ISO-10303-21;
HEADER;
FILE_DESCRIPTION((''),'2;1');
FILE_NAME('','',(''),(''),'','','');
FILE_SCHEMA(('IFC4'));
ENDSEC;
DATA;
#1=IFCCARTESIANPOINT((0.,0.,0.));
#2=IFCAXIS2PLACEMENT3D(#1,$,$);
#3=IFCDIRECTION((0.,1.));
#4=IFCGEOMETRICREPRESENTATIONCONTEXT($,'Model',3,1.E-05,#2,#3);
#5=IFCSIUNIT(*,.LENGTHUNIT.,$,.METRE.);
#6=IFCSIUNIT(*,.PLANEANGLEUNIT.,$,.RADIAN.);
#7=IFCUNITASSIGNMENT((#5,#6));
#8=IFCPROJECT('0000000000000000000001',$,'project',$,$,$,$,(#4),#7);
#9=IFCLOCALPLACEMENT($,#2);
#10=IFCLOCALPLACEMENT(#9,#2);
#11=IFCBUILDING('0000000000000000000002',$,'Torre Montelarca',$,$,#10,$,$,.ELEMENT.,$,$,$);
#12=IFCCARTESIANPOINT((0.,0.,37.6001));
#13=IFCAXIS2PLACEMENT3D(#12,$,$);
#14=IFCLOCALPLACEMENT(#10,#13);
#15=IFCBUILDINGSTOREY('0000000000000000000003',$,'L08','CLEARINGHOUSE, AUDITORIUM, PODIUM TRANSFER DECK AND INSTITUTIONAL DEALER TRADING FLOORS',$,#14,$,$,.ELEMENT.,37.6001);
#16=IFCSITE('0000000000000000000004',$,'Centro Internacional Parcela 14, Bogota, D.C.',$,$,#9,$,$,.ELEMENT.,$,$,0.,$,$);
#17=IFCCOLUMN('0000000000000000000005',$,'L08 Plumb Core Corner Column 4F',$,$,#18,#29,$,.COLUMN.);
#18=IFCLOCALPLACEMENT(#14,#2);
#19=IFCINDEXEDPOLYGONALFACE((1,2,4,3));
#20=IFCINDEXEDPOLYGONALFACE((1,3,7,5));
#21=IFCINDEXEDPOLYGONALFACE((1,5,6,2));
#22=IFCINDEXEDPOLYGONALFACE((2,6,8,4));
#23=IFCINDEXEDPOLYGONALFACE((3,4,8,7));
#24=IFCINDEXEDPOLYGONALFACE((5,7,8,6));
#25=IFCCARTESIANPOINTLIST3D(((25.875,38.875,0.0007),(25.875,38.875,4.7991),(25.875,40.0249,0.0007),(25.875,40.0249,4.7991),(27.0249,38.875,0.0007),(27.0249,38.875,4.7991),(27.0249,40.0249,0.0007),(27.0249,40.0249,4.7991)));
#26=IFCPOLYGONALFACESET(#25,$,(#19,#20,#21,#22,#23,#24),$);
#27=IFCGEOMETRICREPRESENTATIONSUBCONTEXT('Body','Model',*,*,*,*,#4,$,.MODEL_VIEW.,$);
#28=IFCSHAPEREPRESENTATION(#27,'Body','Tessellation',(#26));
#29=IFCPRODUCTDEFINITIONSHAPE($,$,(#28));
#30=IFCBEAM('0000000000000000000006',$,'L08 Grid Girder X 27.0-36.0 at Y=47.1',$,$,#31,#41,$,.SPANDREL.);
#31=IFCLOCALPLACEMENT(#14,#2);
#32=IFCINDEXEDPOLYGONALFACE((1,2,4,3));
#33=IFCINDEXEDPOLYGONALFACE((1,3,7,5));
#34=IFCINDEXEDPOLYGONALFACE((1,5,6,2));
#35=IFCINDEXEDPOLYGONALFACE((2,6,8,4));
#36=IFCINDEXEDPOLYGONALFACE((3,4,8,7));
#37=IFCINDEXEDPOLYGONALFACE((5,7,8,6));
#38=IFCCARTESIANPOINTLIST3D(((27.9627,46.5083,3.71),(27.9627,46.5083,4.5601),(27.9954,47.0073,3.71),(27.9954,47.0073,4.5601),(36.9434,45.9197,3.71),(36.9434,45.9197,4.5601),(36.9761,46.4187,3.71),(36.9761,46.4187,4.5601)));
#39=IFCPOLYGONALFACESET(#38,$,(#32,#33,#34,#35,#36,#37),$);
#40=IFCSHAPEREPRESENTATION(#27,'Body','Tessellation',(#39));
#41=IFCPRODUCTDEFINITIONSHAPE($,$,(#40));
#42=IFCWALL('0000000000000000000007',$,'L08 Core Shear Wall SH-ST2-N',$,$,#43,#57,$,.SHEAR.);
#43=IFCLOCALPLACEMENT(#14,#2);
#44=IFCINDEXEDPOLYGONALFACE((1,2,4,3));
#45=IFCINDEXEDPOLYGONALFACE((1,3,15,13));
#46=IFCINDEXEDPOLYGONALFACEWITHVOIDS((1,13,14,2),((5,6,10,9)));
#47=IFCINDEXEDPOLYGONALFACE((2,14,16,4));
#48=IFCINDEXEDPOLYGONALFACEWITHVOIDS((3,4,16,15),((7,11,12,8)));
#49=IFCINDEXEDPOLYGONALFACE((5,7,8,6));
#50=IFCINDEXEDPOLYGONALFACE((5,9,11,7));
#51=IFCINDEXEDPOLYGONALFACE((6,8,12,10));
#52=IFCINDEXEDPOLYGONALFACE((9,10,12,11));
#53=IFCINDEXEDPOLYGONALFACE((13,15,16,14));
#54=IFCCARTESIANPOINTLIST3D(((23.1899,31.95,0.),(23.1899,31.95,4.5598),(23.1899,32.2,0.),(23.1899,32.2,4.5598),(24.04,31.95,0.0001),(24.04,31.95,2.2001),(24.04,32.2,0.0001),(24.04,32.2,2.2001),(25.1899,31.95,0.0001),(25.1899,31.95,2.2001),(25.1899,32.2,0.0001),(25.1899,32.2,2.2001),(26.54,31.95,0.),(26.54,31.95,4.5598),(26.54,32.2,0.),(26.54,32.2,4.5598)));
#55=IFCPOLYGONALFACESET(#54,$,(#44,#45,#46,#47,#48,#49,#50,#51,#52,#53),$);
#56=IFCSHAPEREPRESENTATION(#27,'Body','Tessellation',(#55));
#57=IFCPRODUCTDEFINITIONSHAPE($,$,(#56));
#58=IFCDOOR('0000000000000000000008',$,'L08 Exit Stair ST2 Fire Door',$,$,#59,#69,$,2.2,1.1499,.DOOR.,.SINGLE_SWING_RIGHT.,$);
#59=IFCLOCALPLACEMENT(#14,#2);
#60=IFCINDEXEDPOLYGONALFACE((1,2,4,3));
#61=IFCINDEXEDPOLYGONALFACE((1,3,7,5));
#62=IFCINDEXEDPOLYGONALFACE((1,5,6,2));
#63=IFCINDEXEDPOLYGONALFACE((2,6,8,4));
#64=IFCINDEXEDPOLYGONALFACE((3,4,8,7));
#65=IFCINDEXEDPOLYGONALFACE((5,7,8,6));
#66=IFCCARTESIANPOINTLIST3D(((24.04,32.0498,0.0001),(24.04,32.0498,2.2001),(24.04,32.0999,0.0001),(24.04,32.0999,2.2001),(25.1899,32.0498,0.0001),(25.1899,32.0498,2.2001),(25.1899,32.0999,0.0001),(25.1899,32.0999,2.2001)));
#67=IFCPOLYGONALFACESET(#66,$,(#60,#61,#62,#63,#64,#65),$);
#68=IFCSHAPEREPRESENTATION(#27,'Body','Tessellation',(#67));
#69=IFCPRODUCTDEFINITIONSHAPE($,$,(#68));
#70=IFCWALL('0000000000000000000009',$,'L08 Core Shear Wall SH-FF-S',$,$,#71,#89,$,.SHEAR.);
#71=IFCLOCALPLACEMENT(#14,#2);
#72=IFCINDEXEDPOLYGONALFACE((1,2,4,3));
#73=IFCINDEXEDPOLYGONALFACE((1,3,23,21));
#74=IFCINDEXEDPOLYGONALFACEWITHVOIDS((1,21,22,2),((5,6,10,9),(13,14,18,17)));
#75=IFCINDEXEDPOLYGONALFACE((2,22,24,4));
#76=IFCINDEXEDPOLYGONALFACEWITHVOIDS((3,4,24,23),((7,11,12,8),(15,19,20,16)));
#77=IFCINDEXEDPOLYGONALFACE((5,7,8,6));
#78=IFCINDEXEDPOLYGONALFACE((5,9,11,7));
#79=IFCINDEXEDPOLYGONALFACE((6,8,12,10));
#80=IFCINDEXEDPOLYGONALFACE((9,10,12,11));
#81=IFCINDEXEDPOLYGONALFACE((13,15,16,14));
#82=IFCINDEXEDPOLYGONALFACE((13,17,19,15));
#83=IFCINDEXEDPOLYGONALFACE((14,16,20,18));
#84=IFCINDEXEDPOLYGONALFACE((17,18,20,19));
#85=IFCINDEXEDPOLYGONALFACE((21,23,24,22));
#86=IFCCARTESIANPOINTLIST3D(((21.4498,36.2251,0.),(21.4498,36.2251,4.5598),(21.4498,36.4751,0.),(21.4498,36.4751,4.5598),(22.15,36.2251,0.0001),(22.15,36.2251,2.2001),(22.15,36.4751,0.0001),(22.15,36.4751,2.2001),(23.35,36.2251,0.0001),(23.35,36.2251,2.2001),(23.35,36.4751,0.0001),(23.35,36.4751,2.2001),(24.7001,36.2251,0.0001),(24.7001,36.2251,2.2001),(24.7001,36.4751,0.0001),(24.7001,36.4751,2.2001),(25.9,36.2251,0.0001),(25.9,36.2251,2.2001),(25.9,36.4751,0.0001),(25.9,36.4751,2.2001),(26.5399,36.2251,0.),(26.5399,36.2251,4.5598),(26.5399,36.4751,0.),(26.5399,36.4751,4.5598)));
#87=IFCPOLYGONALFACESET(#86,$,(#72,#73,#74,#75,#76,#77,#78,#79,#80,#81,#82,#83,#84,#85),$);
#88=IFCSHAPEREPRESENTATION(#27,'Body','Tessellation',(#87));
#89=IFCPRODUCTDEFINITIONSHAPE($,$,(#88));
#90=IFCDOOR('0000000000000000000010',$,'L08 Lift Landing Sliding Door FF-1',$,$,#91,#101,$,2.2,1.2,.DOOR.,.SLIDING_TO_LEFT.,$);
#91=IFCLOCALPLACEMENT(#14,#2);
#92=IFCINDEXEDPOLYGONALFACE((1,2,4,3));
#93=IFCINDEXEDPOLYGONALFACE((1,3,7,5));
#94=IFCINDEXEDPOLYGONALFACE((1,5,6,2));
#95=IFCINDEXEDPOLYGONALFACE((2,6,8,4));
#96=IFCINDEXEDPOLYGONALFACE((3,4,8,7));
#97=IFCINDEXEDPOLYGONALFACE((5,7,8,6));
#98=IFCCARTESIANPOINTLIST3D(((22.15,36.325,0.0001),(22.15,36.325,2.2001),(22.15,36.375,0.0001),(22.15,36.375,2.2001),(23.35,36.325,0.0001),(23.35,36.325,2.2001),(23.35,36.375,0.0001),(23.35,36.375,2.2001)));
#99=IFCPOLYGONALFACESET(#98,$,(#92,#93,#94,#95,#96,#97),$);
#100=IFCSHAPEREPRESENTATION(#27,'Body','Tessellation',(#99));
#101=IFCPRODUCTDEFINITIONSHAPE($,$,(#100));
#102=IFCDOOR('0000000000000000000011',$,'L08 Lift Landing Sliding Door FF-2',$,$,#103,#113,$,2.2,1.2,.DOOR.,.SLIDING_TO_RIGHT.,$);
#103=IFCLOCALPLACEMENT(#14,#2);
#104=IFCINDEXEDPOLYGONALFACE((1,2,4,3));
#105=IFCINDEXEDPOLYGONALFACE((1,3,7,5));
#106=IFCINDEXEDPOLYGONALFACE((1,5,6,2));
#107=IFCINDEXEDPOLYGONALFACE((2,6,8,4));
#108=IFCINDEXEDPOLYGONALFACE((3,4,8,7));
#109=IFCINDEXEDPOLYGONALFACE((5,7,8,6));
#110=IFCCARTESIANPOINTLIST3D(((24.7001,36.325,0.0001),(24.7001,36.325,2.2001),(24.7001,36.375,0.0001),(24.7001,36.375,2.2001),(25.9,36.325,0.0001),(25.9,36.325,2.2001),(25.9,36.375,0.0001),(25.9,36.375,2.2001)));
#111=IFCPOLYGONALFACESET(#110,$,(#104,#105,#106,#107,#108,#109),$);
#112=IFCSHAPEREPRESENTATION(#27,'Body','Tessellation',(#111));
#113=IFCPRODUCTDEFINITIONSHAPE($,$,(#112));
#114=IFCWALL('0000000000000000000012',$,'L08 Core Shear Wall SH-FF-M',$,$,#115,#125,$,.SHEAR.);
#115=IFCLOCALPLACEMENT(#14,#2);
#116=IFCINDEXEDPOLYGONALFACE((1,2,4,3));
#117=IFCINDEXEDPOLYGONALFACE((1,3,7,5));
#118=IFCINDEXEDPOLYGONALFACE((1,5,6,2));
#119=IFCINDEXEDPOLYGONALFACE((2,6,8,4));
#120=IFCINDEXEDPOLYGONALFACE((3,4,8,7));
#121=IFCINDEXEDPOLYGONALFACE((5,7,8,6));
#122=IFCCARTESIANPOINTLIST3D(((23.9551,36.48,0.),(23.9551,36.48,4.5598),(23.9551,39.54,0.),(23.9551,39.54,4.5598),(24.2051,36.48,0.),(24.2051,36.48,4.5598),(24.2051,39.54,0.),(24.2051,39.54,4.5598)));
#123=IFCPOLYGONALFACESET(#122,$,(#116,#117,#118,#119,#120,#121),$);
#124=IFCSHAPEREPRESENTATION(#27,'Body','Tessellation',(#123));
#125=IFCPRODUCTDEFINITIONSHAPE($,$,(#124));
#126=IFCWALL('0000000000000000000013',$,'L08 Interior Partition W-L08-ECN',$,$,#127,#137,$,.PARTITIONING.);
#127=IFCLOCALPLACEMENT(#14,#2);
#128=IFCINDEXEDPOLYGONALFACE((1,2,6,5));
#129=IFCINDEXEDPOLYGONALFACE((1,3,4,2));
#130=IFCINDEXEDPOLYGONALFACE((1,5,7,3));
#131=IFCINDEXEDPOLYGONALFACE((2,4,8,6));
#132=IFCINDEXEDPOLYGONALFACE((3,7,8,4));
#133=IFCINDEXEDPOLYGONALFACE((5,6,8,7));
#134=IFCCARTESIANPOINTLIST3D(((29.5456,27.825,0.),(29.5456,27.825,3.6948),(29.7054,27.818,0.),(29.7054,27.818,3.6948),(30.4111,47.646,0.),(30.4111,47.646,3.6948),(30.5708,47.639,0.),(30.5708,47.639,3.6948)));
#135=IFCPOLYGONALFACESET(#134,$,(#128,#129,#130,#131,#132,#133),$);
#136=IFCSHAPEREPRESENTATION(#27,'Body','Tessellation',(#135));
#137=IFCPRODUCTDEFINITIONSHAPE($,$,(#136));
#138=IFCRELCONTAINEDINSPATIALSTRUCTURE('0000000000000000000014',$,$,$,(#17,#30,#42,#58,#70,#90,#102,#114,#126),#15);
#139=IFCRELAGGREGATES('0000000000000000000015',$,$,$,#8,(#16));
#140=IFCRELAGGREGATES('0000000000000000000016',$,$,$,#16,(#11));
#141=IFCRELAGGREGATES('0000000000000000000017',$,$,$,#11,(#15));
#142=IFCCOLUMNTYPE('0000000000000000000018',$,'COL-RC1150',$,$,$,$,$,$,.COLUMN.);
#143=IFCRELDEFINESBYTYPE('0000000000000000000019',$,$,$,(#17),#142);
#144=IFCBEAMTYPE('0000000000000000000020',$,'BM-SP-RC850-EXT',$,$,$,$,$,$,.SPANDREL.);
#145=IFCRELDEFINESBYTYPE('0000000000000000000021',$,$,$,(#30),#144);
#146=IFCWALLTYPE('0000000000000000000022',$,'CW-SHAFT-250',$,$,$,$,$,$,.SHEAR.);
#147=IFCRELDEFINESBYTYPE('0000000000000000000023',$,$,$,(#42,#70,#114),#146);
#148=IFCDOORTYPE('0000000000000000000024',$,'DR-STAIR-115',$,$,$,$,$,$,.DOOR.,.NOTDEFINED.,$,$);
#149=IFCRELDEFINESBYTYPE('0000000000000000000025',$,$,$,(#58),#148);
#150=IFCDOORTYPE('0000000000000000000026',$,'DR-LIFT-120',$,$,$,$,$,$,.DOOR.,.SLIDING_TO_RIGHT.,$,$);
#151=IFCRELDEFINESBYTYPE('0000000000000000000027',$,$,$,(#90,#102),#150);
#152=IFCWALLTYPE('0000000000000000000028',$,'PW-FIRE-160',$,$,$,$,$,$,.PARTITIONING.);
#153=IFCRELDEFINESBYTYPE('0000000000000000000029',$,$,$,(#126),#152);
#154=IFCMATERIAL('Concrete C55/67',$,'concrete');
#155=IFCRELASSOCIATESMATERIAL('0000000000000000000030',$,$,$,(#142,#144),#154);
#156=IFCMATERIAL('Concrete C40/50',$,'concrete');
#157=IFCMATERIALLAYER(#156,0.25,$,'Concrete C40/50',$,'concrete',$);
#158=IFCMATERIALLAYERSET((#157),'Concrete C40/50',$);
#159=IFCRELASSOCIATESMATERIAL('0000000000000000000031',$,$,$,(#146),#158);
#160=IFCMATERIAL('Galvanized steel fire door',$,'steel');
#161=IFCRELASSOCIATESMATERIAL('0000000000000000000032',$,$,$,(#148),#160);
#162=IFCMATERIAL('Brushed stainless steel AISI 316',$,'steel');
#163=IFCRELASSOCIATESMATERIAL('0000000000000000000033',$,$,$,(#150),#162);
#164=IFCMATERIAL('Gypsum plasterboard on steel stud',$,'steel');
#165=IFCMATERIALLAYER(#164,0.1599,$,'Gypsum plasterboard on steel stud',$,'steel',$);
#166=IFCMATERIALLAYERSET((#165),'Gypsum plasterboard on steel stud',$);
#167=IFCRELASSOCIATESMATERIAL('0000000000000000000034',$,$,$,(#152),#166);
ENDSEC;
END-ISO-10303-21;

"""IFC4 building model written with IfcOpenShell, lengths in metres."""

from ifc_helpers import new_model, si_unit, direction, frame, frame_2d, origin, origin_2d, place, context, subcontext, project, spatial, rectangle, extrude, source, transform, mapped, material, layer, layer_set, material_profile, profile_set, type_object, element, fill, save


model = new_model("IFC4")

# Units and contexts
model_context = context("Model", 3, precision=1e-05, world=origin(), true_north=direction((0.0, 1.0)))
body_context = subcontext(model_context, "Body", "Model", "MODEL_VIEW")
ifc_project = project(units=[si_unit("LENGTHUNIT", "METRE"), si_unit("PLANEANGLEUNIT", "RADIAN")], contexts=[model_context])

# Site, building, storey
site_placement = place(None, origin())
site = spatial("IfcSite", under=ifc_project, at=site_placement, Name="Centro Internacional Parcela 14, Bogota, D.C.", CompositionType="ELEMENT", RefElevation=0.0)
building_placement = place(site_placement, origin())
building = spatial("IfcBuilding", under=site, at=building_placement, Name="Torre Montelarca", CompositionType="ELEMENT")
storey_placement = place(building_placement, frame((0.0, 0.0, 37.6001)))
storey = spatial("IfcBuildingStorey", under=building, at=storey_placement, Name="L08", Description="CLEARINGHOUSE, AUDITORIUM, PODIUM TRANSFER DECK AND INSTITUTIONAL DEALER TRADING FLOORS", CompositionType="ELEMENT", Elevation=37.6001)

# Column
ifc_material_1 = material(Name="Concrete C55/67", Category="concrete")
ifc_material_profile_1 = material_profile(ifc_material_1, rectangle(XDim=1.1499, YDim=1.1499, at=origin_2d()), Name="RC1150X1150", Category="concrete")
ifc_profile_set_1 = profile_set([ifc_material_profile_1], Name="Concrete C55/67")
column_type_1 = type_object("IfcColumnType", Name="COL-RC1150", PredefinedType="COLUMN", material=ifc_profile_set_1)
shared_shape_1 = source(origin(), body_context, "Body", "SweptSolid", [
    extrude(rectangle(XDim=1.1499, YDim=1.1499, at=origin_2d()), origin(), (0.0, 0.0, 1.0), 4.7983),
])
column_1_placement = place(storey_placement, frame((26.45, 39.45, 0.0007), z_axis=(0.0, 0.0, 1.0), x_axis=(1.0, 0.0, 0.0)))
element("IfcColumn", 1, at=column_1_placement, inside=storey, type_object=column_type_1, Name="L08 Plumb Core Corner Column 4F", PredefinedType="COLUMN", context=body_context, shape_type="MappedRepresentation", body=[
    mapped(shared_shape_1, transform((0.0, 0.0, 0.0), scale=1.0)),
])

# Beam
ifc_material_profile_2 = material_profile(ifc_material_1, rectangle(XDim=0.5, YDim=0.8501, at=origin_2d()), Name="RCB500X850", Category="concrete")
ifc_profile_set_2 = profile_set([ifc_material_profile_2], Name="Concrete C55/67")
beam_type = type_object("IfcBeamType", Name="BM-SP-RC850-EXT", PredefinedType="SPANDREL", material=ifc_profile_set_2)
shared_shape_2 = source(origin(), body_context, "Body", "SweptSolid", [
    extrude(rectangle(XDim=0.5, YDim=0.8501, at=origin_2d()), origin(), (0.0, 0.0, 1.0), 9.0),
])
beam_placement = place(storey_placement, frame((27.979, 46.7578, 4.135), z_axis=(0.997859, -0.065403, 0.0), x_axis=(0.065403, 0.997859, 0.0)))
element("IfcBeam", 2, at=beam_placement, inside=storey, type_object=beam_type, Name="L08 Grid Girder X 27.0-36.0 at Y=47.1", PredefinedType="SPANDREL", context=body_context, shape_type="MappedRepresentation", body=[
    mapped(shared_shape_2, transform((0.0, 0.0, 0.0), scale=1.0)),
])

# Wall, opening, door
ifc_material_2 = material(Name="Concrete C40/50", Category="concrete")
ifc_layer_1 = layer(ifc_material_2, 0.25, Name="Concrete C40/50", Category="concrete")
ifc_layer_set_1 = layer_set([ifc_layer_1], Name="Concrete C40/50")
wall_type_1 = type_object("IfcWallType", Name="CW-SHAFT-250", PredefinedType="SHEAR", material=ifc_layer_set_1)
wall_1_placement = place(storey_placement, frame((23.1899, 32.075, 0.0), z_axis=(0.0, 0.0, 1.0), x_axis=(1.0, 0.0, 0.0)))
wall_1 = element("IfcWall", 3, at=wall_1_placement, inside=storey, type_object=wall_type_1, Name="L08 Core Shear Wall SH-ST2-N", PredefinedType="SHEAR", context=body_context, shape_type="SweptSolid", body=[
    extrude(rectangle(XDim=3.3501, YDim=0.25, at=frame_2d((1.675, 0.0))), origin(), (0.0, 0.0, 1.0), 4.5598),
])
opening_1_placement = place(wall_1_placement, frame((0.8501, 0.0, 0.0)))
opening_1 = element("IfcOpeningElement", 4, at=opening_1_placement, cuts=wall_1, PredefinedType="OPENING", context=body_context, shape_type="SweptSolid", body=[
    extrude(rectangle(XDim=1.1499, YDim=2.2, at=frame_2d((0.575, 1.1001))), frame((0.0, 0.135, 0.0), z_axis=(0.0, -1.0, 0.0), x_axis=(1.0, 0.0, 0.0)), (0.0, 0.0, 1.0), 0.27),
])
ifc_material_3 = material(Name="Galvanized steel fire door", Category="steel")
door_type_1 = type_object("IfcDoorType", Name="DR-STAIR-115", OperationType="NOTDEFINED", PredefinedType="DOOR", material=ifc_material_3)
shared_shape_3 = source(origin(), body_context, "Body", "SweptSolid", [
    extrude(rectangle(XDim=1.1499, YDim=2.2, at=frame_2d((0.575, 1.1001))), frame((0.0, 0.0249, 0.0), z_axis=(0.0, -1.0, 0.0), x_axis=(1.0, 0.0, 0.0)), (0.0, 0.0, 1.0), 0.05),
])
door_1_placement = place(opening_1_placement, origin())
door_1 = element("IfcDoor", 5, at=door_1_placement, inside=storey, type_object=door_type_1, Name="L08 Exit Stair ST2 Fire Door", OperationType="SINGLE_SWING_RIGHT", OverallHeight=2.2, OverallWidth=1.1499, PredefinedType="DOOR", context=body_context, shape_type="MappedRepresentation", body=[
    mapped(shared_shape_3, transform((0.0, 0.0, 0.0), scale=1.0)),
])
fill(opening_1, door_1)

# Wall, openings, doors
wall_2_placement = place(storey_placement, frame((21.45, 36.3501, 0.0), z_axis=(0.0, 0.0, 1.0), x_axis=(1.0, 0.0, 0.0)))
wall_2 = element("IfcWall", 6, at=wall_2_placement, inside=storey, type_object=wall_type_1, Name="L08 Core Shear Wall SH-FF-S", PredefinedType="SHEAR", context=body_context, shape_type="SweptSolid", body=[
    extrude(rectangle(XDim=5.0901, YDim=0.25, at=frame_2d((2.5449, 0.0))), origin(), (0.0, 0.0, 1.0), 4.5598),
])
opening_2_placement = place(wall_2_placement, frame((0.7, 0.0, 0.0)))
opening_2 = element("IfcOpeningElement", 7, at=opening_2_placement, cuts=wall_2, PredefinedType="OPENING", context=body_context, shape_type="SweptSolid", body=[
    extrude(rectangle(XDim=1.2, YDim=2.2, at=frame_2d((0.6001, 1.1001))), frame((0.0, 0.135, 0.0), z_axis=(0.0, -1.0, 0.0), x_axis=(1.0, 0.0, 0.0)), (0.0, 0.0, 1.0), 0.27),
])
opening_3_placement = place(wall_2_placement, frame((3.25, 0.0, 0.0)))
opening_3 = element("IfcOpeningElement", 8, at=opening_3_placement, cuts=wall_2, PredefinedType="OPENING", context=body_context, shape_type="SweptSolid", body=[
    extrude(rectangle(XDim=1.2, YDim=2.2, at=frame_2d((0.6001, 1.1001))), frame((0.0, 0.135, 0.0), z_axis=(0.0, -1.0, 0.0), x_axis=(1.0, 0.0, 0.0)), (0.0, 0.0, 1.0), 0.27),
])
ifc_material_4 = material(Name="Brushed stainless steel AISI 316", Category="steel")
door_type_2 = type_object("IfcDoorType", Name="DR-LIFT-120", OperationType="SLIDING_TO_RIGHT", PredefinedType="DOOR", material=ifc_material_4)
shared_shape_4 = source(origin(), body_context, "Body", "SweptSolid", [
    extrude(rectangle(XDim=1.2, YDim=2.2, at=frame_2d((0.6001, 1.1001))), frame((0.0, 0.0249, 0.0), z_axis=(0.0, -1.0, 0.0), x_axis=(1.0, 0.0, 0.0)), (0.0, 0.0, 1.0), 0.05),
])
door_2_placement = place(opening_2_placement, origin())
door_2 = element("IfcDoor", 9, at=door_2_placement, inside=storey, type_object=door_type_2, Name="L08 Lift Landing Sliding Door FF-1", OperationType="SLIDING_TO_LEFT", OverallHeight=2.2, OverallWidth=1.2, PredefinedType="DOOR", context=body_context, shape_type="MappedRepresentation", body=[
    mapped(shared_shape_4, transform((0.0, 0.0, 0.0), scale=1.0)),
])
fill(opening_2, door_2)
door_3_placement = place(opening_3_placement, origin())
door_3 = element("IfcDoor", 10, at=door_3_placement, inside=storey, type_object=door_type_2, Name="L08 Lift Landing Sliding Door FF-2", OperationType="SLIDING_TO_RIGHT", OverallHeight=2.2, OverallWidth=1.2, PredefinedType="DOOR", context=body_context, shape_type="MappedRepresentation", body=[
    mapped(shared_shape_4, transform((0.0, 0.0, 0.0), scale=1.0)),
])
fill(opening_3, door_3)

# Walls
wall_3_placement = place(storey_placement, frame((24.0801, 36.48, 0.0), z_axis=(0.0, 0.0, 1.0), x_axis=(0.0, 1.0, 0.0)))
element("IfcWall", 11, at=wall_3_placement, inside=storey, type_object=wall_type_1, Name="L08 Core Shear Wall SH-FF-M", PredefinedType="SHEAR", context=body_context, shape_type="SweptSolid", body=[
    extrude(rectangle(XDim=3.0601, YDim=0.25, at=frame_2d((1.53, 0.0))), origin(), (0.0, 0.0, 1.0), 4.5598),
])
ifc_material_5 = material(Name="Gypsum plasterboard on steel stud", Category="steel")
ifc_layer_2 = layer(ifc_material_5, 0.1599, Name="Gypsum plasterboard on steel stud", Category="steel")
ifc_layer_set_2 = layer_set([ifc_layer_2], Name="Gypsum plasterboard on steel stud")
wall_type_2 = type_object("IfcWallType", Name="PW-FIRE-160", PredefinedType="PARTITIONING", material=ifc_layer_set_2)
wall_4_placement = place(storey_placement, frame((29.6255, 27.8215, 0.0), z_axis=(0.0, 0.0, 1.0), x_axis=(0.043623, 0.999048, 0.0)))
element("IfcWall", 12, at=wall_4_placement, inside=storey, type_object=wall_type_2, Name="L08 Interior Partition W-L08-ECN", PredefinedType="PARTITIONING", context=body_context, shape_type="SweptSolid", body=[
    extrude(rectangle(XDim=19.8398, YDim=0.1599, at=frame_2d((9.9199, 0.0))), origin(), (0.0, 0.0, 1.0), 3.6948),
])

save(model, "model.ifc")
